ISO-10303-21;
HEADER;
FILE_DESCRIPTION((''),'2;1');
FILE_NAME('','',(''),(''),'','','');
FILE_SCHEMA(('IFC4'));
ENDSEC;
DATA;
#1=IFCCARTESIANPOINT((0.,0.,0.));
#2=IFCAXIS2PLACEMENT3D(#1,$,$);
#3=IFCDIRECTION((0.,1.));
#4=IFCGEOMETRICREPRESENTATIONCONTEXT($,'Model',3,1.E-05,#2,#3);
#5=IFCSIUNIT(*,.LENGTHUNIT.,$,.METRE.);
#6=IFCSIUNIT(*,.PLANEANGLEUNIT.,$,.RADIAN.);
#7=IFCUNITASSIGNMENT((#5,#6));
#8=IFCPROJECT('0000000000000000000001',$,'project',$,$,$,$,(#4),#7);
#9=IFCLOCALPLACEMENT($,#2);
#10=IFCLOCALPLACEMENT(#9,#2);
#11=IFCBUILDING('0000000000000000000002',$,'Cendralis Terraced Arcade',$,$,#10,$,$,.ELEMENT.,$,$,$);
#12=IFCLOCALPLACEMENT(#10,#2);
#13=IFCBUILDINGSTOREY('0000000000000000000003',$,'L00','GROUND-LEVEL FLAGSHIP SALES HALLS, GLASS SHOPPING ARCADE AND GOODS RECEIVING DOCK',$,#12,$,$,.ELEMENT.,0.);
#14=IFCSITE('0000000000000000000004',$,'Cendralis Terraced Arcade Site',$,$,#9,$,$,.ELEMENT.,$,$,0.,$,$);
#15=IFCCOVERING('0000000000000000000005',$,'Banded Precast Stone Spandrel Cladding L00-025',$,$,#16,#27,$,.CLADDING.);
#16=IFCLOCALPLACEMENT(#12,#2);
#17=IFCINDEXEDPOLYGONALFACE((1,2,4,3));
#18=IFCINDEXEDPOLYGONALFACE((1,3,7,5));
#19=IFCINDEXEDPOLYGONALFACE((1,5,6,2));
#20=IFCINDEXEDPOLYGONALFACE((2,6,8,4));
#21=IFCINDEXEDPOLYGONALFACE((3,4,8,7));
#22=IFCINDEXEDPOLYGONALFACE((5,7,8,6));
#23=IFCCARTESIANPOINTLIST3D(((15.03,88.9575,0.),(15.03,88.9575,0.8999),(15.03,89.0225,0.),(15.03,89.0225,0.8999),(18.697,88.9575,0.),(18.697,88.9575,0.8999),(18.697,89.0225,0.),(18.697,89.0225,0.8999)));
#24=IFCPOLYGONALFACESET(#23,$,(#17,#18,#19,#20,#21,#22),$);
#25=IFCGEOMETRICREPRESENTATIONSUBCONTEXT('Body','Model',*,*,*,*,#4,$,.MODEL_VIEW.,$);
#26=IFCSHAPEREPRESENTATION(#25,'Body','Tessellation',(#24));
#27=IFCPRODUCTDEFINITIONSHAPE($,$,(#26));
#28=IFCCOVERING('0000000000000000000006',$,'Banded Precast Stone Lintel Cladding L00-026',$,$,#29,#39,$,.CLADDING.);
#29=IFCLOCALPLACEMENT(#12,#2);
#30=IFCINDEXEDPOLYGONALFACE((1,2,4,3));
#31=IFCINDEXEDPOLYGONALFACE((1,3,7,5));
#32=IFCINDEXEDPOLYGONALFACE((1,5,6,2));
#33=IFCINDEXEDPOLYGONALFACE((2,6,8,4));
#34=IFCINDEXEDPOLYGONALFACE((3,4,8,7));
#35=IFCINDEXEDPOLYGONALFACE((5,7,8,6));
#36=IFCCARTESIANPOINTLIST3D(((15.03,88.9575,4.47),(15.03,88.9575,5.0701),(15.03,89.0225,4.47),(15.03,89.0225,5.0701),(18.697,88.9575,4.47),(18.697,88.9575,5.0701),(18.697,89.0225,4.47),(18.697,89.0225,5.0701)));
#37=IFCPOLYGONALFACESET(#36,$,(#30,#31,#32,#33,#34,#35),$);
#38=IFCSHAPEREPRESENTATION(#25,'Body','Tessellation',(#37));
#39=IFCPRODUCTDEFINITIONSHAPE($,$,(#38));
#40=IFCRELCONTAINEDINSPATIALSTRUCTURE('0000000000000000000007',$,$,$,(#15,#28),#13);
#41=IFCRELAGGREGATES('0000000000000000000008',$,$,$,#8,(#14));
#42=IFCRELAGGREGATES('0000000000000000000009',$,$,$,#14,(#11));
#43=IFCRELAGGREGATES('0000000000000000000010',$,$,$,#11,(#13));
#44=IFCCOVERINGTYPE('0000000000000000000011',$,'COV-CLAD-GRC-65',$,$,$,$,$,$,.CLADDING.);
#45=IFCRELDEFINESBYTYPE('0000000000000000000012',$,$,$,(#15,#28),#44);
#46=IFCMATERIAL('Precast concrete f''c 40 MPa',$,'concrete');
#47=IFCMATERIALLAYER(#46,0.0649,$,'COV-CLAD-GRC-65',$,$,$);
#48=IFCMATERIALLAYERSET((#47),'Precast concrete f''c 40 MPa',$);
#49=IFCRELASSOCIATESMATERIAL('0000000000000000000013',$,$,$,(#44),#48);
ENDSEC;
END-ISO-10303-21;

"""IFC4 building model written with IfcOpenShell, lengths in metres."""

from ifc_helpers import new_model, si_unit, direction, frame, origin, origin_2d, place, context, subcontext, project, spatial, rectangle, extrude, material, layer, layer_set, type_object, element, save


model = new_model("IFC4")

# Units and contexts
model_context = context("Model", 3, precision=1e-05, world=origin(), true_north=direction((0.0, 1.0)))
body_context = subcontext(model_context, "Body", "Model", "MODEL_VIEW")
ifc_project = project(units=[si_unit("LENGTHUNIT", "METRE"), si_unit("PLANEANGLEUNIT", "RADIAN")], contexts=[model_context])

# Site, building, storey
site_placement = place(None, origin())
site = spatial("IfcSite", under=ifc_project, at=site_placement, Name="Cendralis Terraced Arcade Site", CompositionType="ELEMENT", RefElevation=0.0)
building_placement = place(site_placement, origin())
building = spatial("IfcBuilding", under=site, at=building_placement, Name="Cendralis Terraced Arcade", CompositionType="ELEMENT")
storey_placement = place(building_placement, origin())
storey = spatial("IfcBuildingStorey", under=building, at=storey_placement, Name="L00", Description="GROUND-LEVEL FLAGSHIP SALES HALLS, GLASS SHOPPING ARCADE AND GOODS RECEIVING DOCK", CompositionType="ELEMENT", Elevation=0.0)

# Shared definitions
ifc_material_1 = material(Name="Precast concrete f'c 40 MPa", Category="concrete")

# Coverings
ifc_layer_1 = layer(ifc_material_1, 0.0649, Name="COV-CLAD-GRC-65")
ifc_layer_set_1 = layer_set([ifc_layer_1], Name="Precast concrete f'c 40 MPa")
covering_type = type_object("IfcCoveringType", Name="COV-CLAD-GRC-65", PredefinedType="CLADDING", material=ifc_layer_set_1)
covering_1_placement = place(storey_placement, frame((16.8635, 88.99, 0.0), z_axis=(0.0, 0.0, 1.0), x_axis=(1.0, 0.0, 0.0)))
element("IfcCovering", 1, at=covering_1_placement, inside=storey, type_object=covering_type, Name="Banded Precast Stone Spandrel Cladding L00-025", PredefinedType="CLADDING", context=body_context, shape_type="SweptSolid", body=[
    extrude(rectangle(XDim=3.667, YDim=0.0649, at=origin_2d()), origin(), (0.0, 0.0, 1.0), 0.8999),
])
covering_2_placement = place(storey_placement, frame((16.8635, 88.99, 4.47), z_axis=(0.0, 0.0, 1.0), x_axis=(1.0, 0.0, 0.0)))
element("IfcCovering", 2, at=covering_2_placement, inside=storey, type_object=covering_type, Name="Banded Precast Stone Lintel Cladding L00-026", PredefinedType="CLADDING", context=body_context, shape_type="SweptSolid", body=[
    extrude(rectangle(XDim=3.667, YDim=0.0649, at=origin_2d()), origin(), (0.0, 0.0, 1.0), 0.6001),
])

save(model, "model.ifc")
